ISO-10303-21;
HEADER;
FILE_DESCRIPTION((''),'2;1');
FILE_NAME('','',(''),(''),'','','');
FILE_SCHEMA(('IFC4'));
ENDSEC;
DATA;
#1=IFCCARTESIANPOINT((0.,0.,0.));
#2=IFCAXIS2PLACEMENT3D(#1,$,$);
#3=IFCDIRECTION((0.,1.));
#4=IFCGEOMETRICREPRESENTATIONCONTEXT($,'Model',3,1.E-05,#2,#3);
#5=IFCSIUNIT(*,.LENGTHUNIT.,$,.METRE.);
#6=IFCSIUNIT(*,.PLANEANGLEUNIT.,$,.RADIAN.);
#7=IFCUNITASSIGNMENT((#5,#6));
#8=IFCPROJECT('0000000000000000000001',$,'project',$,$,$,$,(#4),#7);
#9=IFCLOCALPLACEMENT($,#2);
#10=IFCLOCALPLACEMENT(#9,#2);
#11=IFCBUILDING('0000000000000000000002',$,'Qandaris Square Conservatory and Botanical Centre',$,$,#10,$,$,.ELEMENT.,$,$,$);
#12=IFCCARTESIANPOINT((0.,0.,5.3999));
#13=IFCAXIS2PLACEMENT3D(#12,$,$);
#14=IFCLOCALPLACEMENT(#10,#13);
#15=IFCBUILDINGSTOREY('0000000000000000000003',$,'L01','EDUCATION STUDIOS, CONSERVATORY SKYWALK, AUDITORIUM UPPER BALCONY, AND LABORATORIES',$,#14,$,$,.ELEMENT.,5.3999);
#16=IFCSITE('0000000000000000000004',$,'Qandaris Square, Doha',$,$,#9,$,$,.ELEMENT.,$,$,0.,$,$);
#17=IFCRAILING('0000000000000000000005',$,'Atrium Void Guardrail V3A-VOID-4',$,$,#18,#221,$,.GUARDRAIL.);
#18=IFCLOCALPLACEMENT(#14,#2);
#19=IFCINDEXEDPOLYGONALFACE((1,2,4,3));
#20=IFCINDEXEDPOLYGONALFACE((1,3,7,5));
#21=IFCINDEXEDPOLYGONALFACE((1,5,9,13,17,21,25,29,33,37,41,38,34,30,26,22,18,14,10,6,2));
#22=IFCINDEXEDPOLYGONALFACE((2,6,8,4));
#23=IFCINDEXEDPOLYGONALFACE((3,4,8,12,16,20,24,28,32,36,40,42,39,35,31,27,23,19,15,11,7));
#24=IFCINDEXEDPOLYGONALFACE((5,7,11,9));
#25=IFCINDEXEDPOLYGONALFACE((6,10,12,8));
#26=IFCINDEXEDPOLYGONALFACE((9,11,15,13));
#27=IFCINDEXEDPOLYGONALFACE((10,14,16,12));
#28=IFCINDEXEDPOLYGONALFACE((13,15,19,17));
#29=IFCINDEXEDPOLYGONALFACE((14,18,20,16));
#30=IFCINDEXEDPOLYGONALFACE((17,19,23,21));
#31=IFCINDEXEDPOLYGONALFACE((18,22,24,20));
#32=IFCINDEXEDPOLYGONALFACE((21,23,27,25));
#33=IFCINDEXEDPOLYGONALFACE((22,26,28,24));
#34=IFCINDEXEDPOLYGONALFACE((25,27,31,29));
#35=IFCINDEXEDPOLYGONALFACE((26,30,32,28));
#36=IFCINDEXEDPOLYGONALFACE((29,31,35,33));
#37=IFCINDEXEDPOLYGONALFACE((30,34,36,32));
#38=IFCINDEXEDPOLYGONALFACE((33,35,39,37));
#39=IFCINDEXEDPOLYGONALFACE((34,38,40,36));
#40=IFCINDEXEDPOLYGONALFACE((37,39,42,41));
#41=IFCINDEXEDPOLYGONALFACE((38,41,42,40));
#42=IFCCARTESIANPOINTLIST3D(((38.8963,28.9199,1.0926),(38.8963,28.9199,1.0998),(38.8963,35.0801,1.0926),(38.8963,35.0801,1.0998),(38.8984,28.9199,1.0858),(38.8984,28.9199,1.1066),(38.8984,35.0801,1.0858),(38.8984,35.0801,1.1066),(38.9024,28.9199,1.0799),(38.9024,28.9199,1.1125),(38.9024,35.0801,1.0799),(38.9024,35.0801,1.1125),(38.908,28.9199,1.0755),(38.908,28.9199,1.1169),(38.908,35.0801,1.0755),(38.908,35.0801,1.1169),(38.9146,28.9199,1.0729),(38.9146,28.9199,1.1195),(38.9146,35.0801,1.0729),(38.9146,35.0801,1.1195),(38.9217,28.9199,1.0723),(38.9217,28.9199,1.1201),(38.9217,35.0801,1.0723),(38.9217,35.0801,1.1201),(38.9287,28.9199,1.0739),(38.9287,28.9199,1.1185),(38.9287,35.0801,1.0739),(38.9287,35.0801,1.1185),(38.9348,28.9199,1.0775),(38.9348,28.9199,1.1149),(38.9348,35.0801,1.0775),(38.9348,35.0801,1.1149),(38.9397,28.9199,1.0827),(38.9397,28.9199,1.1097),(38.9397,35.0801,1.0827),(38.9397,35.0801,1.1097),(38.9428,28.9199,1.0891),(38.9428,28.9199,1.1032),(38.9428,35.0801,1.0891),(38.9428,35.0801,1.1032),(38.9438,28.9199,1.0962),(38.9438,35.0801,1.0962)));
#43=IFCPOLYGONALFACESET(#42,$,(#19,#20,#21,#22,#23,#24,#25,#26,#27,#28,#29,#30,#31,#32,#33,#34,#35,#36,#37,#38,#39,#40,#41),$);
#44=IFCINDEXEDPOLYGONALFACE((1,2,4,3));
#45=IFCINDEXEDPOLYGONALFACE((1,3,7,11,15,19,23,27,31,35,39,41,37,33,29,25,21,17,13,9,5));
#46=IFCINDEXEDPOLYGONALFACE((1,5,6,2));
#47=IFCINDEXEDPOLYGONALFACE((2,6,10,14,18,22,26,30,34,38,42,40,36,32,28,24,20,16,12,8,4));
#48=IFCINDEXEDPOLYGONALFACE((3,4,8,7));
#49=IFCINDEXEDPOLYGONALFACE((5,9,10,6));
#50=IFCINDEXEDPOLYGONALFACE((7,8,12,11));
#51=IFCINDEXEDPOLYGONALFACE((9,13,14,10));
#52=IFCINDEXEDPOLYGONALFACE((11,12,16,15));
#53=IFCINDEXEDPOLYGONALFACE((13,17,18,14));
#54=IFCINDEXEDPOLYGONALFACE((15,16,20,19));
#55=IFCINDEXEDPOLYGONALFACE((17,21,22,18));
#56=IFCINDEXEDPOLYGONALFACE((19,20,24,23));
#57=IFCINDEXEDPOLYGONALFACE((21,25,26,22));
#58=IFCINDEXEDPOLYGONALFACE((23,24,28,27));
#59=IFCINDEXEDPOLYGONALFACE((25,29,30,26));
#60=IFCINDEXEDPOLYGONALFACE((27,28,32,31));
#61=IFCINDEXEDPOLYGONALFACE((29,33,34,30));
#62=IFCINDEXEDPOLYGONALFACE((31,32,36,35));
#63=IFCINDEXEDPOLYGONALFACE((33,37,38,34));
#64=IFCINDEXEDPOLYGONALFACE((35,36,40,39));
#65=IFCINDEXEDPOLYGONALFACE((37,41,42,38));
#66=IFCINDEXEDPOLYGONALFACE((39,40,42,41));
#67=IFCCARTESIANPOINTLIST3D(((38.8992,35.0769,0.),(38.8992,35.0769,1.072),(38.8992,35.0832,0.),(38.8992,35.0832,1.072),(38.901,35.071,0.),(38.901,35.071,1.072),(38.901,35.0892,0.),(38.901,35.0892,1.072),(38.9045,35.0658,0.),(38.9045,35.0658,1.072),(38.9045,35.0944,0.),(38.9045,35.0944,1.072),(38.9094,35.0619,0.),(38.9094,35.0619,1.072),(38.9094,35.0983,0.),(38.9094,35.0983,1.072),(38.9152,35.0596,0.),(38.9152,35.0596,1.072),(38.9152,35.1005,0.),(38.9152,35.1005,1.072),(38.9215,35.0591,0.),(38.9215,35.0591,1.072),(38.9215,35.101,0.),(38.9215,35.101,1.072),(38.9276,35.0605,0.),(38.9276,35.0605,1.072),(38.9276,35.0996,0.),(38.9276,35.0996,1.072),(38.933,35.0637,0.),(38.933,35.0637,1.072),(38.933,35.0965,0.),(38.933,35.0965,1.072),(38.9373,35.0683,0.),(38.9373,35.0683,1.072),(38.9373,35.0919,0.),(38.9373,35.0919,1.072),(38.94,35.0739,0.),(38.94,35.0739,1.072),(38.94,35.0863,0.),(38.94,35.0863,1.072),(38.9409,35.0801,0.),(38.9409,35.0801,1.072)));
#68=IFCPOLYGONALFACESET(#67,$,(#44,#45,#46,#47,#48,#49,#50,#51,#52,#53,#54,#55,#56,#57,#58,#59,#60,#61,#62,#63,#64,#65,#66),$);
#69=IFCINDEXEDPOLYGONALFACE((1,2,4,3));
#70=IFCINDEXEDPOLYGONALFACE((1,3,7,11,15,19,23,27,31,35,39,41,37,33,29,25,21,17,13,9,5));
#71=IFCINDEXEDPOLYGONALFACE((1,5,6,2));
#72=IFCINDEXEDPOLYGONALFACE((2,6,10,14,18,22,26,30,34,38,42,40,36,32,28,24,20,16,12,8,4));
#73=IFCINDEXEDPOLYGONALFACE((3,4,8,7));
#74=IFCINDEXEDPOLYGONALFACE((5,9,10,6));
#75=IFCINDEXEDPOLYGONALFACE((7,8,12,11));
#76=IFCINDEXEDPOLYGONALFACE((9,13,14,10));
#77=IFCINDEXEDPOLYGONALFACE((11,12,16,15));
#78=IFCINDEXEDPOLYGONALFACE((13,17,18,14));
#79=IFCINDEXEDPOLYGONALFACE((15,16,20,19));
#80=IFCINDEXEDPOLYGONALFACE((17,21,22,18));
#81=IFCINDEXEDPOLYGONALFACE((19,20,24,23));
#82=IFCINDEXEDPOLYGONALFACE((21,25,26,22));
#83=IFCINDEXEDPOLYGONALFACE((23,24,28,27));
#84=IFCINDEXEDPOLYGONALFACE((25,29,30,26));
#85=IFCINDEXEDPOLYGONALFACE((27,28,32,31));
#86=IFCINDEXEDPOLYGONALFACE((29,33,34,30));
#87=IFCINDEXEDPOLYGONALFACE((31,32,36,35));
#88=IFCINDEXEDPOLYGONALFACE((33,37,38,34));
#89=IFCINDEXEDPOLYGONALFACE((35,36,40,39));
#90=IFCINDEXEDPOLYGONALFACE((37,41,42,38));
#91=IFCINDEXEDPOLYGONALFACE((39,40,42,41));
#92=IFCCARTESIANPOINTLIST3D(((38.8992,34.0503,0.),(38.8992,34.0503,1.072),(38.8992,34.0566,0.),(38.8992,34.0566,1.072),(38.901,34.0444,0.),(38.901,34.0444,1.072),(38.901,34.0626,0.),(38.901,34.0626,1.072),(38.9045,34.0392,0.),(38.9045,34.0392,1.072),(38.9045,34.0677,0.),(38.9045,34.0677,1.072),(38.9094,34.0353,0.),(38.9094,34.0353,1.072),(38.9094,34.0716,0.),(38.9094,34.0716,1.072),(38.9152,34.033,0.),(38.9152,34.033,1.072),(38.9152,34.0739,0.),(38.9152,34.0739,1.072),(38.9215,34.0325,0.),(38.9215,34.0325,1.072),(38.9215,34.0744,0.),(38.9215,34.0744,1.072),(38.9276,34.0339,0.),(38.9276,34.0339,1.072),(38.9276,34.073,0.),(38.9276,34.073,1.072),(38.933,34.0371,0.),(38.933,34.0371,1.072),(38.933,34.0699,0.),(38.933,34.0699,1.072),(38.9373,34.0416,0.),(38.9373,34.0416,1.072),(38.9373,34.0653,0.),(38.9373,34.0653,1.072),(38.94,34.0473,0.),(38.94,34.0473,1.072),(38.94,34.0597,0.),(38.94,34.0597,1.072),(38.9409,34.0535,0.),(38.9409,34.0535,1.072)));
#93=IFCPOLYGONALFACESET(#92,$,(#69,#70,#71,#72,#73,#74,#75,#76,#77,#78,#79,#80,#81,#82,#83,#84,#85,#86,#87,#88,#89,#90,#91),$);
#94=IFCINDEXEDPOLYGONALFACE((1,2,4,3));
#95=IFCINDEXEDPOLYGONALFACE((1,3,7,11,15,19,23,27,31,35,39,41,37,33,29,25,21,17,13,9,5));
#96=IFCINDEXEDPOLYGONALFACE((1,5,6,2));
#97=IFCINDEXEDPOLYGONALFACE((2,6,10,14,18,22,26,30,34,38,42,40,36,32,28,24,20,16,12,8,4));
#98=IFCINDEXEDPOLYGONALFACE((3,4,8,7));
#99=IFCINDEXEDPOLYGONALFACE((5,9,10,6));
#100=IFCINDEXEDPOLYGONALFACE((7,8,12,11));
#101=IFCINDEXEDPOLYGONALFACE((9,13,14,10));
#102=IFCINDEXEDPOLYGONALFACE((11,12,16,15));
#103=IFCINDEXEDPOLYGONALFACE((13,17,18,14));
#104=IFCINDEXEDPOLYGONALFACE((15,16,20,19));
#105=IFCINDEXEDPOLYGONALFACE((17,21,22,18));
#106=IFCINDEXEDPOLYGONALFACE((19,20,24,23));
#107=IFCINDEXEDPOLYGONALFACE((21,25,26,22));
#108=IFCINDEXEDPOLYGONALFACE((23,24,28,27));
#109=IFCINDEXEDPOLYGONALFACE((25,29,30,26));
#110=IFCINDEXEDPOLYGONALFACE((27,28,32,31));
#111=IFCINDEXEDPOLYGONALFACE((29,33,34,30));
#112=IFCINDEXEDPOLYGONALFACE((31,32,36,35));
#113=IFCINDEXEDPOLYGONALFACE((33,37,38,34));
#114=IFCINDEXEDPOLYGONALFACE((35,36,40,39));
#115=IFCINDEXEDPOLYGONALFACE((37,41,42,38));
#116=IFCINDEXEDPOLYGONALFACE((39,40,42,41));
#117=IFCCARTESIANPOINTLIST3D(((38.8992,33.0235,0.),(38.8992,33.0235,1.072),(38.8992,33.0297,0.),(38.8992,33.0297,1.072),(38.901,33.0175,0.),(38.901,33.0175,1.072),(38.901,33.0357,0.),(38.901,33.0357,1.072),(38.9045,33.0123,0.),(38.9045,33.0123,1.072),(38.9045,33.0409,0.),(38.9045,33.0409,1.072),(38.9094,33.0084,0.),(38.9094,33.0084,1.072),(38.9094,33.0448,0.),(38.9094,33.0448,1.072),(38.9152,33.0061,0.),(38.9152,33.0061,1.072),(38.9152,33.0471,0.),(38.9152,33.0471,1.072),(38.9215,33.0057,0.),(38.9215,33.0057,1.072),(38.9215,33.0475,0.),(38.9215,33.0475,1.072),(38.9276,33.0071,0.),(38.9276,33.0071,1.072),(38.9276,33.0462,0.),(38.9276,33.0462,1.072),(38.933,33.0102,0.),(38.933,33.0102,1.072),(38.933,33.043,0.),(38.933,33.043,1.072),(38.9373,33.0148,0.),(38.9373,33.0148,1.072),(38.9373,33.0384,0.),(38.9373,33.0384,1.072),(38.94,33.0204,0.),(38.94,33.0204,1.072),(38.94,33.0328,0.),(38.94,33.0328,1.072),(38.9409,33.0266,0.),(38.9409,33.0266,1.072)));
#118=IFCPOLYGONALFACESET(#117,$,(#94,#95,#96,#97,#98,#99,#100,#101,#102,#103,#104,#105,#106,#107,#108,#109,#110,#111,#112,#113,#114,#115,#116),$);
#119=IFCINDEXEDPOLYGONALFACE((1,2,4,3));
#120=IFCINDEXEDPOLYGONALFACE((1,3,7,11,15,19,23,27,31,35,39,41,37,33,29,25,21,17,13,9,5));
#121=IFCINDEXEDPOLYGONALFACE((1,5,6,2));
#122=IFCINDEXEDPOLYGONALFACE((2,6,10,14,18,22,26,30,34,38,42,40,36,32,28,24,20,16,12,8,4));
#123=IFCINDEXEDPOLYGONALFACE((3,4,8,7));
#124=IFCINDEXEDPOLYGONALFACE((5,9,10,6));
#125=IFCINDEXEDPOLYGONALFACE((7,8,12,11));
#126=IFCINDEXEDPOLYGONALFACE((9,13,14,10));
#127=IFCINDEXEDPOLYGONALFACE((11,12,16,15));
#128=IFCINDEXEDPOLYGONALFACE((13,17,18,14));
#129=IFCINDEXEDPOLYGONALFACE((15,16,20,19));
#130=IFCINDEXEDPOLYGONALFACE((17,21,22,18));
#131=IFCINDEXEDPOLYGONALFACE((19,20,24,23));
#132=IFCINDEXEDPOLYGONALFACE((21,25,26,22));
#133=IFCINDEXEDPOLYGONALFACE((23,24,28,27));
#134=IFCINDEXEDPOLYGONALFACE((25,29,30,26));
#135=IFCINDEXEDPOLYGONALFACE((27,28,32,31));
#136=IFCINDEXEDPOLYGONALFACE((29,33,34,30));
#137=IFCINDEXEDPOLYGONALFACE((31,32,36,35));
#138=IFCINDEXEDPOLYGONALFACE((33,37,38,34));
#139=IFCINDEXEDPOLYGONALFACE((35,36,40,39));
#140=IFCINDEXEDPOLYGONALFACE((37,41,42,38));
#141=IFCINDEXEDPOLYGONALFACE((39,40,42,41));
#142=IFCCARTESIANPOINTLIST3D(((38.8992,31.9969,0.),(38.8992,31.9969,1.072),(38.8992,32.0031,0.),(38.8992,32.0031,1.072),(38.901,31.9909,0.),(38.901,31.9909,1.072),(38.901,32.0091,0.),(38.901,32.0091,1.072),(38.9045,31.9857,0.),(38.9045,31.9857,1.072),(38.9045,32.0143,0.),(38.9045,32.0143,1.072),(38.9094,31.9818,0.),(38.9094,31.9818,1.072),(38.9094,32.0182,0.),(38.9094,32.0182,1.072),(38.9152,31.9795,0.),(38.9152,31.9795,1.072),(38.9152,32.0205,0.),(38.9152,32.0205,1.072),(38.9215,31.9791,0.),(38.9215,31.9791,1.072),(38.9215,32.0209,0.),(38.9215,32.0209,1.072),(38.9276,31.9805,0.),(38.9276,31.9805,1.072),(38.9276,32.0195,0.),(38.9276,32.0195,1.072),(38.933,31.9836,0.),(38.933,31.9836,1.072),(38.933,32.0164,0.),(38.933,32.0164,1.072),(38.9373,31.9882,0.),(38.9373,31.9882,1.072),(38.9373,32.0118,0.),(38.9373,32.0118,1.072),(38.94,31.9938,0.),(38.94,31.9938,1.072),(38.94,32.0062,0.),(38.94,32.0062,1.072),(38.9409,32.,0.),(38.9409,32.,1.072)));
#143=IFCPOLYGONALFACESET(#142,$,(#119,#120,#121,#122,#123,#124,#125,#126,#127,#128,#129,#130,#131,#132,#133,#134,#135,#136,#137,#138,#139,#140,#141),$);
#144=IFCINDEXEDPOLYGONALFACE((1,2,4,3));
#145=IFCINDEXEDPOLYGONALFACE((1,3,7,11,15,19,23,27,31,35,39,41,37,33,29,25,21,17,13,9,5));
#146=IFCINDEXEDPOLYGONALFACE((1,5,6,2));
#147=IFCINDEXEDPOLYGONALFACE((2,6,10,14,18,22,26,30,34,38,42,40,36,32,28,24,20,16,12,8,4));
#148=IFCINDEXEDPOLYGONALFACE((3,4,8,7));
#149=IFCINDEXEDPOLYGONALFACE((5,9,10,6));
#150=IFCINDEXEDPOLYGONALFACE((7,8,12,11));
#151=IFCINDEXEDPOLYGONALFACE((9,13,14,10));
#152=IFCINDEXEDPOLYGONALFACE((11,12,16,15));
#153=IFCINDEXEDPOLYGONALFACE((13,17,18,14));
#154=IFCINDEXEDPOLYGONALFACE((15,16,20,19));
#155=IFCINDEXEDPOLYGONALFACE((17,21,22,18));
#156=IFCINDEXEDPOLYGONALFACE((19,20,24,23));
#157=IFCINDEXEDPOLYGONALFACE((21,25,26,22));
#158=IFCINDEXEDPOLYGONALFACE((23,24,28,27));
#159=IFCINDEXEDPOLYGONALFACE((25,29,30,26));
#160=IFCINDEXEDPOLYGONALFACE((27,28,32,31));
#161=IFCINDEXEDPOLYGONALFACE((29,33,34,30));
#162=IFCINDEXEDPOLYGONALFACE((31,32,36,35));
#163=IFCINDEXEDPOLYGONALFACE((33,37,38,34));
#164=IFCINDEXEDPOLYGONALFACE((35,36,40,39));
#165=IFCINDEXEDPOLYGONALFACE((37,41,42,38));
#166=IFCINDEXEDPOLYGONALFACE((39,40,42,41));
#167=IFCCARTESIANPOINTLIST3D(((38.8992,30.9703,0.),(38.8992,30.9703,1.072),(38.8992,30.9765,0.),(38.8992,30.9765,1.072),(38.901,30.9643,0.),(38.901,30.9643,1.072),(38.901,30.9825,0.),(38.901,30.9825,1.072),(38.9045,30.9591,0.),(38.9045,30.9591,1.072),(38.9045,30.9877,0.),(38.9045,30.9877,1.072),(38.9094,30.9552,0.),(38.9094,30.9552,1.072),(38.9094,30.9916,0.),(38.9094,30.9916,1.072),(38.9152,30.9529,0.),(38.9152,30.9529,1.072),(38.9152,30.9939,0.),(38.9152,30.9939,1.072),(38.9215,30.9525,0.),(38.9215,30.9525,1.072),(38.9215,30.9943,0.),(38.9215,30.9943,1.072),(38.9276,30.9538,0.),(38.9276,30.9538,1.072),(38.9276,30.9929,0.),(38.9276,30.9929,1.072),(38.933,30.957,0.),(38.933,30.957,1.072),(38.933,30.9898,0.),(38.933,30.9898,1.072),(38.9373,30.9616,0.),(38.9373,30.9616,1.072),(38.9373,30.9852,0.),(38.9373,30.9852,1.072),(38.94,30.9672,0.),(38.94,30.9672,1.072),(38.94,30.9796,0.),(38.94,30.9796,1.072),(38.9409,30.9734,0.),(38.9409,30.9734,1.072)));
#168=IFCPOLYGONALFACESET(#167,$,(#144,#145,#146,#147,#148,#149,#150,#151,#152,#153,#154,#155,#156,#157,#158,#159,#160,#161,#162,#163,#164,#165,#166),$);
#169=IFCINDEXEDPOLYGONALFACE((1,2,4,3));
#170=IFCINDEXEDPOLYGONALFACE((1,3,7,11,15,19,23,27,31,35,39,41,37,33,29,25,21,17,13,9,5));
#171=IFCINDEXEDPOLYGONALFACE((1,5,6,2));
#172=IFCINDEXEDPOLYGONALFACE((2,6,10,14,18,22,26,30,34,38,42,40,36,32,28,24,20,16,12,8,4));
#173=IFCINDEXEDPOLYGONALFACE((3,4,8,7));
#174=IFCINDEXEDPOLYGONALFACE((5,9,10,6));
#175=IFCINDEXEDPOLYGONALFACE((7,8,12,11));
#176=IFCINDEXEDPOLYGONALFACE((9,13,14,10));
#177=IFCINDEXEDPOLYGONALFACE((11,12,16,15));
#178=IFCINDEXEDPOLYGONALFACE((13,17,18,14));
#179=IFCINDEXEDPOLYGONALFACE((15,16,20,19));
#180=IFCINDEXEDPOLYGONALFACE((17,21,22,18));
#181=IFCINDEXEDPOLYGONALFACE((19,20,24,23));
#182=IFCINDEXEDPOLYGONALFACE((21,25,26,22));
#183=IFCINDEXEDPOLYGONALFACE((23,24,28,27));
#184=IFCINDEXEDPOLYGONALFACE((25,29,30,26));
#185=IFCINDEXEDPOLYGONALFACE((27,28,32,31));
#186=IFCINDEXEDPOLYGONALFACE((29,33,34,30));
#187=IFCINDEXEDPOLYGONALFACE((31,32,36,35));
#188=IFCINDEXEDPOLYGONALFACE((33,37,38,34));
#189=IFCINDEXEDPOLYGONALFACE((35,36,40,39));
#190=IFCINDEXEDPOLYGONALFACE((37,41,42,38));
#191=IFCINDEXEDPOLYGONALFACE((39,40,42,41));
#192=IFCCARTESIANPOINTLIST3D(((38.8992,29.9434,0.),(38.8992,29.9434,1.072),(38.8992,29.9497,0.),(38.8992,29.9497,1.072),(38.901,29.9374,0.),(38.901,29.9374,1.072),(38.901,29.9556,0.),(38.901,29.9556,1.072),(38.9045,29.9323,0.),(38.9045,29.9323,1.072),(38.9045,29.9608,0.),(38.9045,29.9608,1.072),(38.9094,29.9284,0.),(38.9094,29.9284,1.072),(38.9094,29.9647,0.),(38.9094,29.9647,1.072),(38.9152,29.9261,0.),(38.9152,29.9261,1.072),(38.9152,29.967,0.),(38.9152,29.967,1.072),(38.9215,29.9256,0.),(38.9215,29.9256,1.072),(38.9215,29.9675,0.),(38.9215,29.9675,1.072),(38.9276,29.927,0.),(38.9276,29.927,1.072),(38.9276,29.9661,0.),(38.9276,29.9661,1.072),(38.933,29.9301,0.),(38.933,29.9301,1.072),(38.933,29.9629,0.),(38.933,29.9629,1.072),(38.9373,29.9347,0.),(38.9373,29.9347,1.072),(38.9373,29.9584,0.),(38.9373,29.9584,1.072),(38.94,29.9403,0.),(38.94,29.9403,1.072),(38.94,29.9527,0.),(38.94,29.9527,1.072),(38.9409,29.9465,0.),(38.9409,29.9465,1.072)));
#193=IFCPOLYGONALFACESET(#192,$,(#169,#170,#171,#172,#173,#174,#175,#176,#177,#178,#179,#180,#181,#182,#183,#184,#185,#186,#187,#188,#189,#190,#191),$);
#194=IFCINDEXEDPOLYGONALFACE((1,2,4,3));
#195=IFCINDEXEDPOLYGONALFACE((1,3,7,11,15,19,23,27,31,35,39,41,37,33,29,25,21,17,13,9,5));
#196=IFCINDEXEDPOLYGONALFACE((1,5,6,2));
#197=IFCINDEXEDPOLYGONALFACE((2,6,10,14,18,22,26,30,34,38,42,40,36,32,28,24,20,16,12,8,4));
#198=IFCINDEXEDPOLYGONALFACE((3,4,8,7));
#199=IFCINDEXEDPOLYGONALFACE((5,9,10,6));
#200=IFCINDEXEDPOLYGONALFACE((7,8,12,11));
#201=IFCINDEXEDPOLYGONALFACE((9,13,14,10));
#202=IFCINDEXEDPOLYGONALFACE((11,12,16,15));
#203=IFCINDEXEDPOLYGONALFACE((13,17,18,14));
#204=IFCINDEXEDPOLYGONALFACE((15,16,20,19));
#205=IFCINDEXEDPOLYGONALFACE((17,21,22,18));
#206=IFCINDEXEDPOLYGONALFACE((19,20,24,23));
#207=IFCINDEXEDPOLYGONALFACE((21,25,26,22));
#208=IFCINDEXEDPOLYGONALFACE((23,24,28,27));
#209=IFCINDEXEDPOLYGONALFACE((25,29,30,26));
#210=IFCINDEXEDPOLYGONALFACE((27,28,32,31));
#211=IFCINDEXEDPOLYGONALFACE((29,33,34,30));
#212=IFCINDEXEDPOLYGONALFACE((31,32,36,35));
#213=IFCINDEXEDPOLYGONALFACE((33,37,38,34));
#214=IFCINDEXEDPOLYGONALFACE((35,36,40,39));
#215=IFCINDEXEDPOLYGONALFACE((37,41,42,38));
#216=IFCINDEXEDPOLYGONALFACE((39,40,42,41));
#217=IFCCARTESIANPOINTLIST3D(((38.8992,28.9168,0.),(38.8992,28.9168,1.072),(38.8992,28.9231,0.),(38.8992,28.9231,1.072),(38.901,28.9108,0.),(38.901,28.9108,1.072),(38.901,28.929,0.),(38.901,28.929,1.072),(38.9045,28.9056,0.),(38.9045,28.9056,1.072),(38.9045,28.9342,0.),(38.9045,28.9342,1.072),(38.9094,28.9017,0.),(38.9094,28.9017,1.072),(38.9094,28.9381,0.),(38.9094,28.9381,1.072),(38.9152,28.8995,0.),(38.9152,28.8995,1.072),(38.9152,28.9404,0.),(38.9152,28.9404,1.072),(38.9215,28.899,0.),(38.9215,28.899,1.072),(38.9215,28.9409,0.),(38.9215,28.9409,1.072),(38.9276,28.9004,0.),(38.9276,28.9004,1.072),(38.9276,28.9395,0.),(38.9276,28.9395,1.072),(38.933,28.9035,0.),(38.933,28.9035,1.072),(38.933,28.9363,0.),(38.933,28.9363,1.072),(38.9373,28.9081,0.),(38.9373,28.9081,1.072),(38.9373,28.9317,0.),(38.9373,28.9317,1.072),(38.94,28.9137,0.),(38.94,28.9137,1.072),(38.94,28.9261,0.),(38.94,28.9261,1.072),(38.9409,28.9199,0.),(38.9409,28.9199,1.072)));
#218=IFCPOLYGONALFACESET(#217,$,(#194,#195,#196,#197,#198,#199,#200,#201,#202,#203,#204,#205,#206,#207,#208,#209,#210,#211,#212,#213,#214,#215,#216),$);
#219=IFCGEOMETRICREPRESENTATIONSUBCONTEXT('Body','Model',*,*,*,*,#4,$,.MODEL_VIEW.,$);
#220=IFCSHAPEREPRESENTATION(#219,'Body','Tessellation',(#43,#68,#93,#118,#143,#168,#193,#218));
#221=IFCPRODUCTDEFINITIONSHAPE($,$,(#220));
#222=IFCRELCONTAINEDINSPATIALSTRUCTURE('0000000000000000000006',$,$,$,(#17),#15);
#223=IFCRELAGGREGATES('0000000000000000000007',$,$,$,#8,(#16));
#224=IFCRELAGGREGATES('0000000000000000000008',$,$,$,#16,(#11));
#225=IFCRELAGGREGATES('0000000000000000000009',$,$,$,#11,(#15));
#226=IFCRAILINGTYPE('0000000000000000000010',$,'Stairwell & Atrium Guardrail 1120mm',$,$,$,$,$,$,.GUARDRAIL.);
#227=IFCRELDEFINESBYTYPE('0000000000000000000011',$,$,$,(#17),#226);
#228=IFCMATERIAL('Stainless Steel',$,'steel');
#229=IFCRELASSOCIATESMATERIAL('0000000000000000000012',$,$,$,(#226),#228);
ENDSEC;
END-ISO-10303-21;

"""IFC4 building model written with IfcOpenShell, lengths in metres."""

from ifc_helpers import new_model, si_unit, direction, frame, origin, origin_2d, place, context, subcontext, project, spatial, circle, extrude, material, type_object, element, save


model = new_model("IFC4")

# Units and contexts
model_context = context("Model", 3, precision=1e-05, world=origin(), true_north=direction((0.0, 1.0)))
body_context = subcontext(model_context, "Body", "Model", "MODEL_VIEW")
ifc_project = project(units=[si_unit("LENGTHUNIT", "METRE"), si_unit("PLANEANGLEUNIT", "RADIAN")], contexts=[model_context])

# Site, building, storey
site_placement = place(None, origin())
site = spatial("IfcSite", under=ifc_project, at=site_placement, Name="Qandaris Square, Doha", CompositionType="ELEMENT", RefElevation=0.0)
building_placement = place(site_placement, origin())
building = spatial("IfcBuilding", under=site, at=building_placement, Name="Qandaris Square Conservatory and Botanical Centre", CompositionType="ELEMENT")
storey_placement = place(building_placement, frame((0.0, 0.0, 5.3999)))
storey = spatial("IfcBuildingStorey", under=building, at=storey_placement, Name="L01", Description="EDUCATION STUDIOS, CONSERVATORY SKYWALK, AUDITORIUM UPPER BALCONY, AND LABORATORIES", CompositionType="ELEMENT", Elevation=5.3999)

# Railing
ifc_material_1 = material(Name="Stainless Steel", Category="steel")
railing_type = type_object("IfcRailingType", Name="Stairwell & Atrium Guardrail 1120mm", PredefinedType="GUARDRAIL", material=ifc_material_1)
railing_1_placement = place(storey_placement, frame((38.9199, 35.0801, 0.0)))
element("IfcRailing", 1, at=railing_1_placement, inside=storey, type_object=railing_type, Name="Atrium Void Guardrail V3A-VOID-4", PredefinedType="GUARDRAIL", context=body_context, shape_type="SweptSolid", body=[
    extrude(circle(Radius=0.0239, at=origin_2d()), frame((0.0, 0.0, 1.0962), z_axis=(0.0, -1.0, 0.0), x_axis=(1.0, 0.0, 0.0)), (0.0, 0.0, 1.0), 6.1602),
    extrude(circle(Radius=0.021, at=origin_2d()), origin(), (0.0, 0.0, 1.0), 1.072),
    extrude(circle(Radius=0.021, at=origin_2d()), frame((0.0, -1.0266, 0.0)), (0.0, 0.0, 1.0), 1.072),
    extrude(circle(Radius=0.021, at=origin_2d()), frame((0.0, -2.0535, 0.0)), (0.0, 0.0, 1.0), 1.072),
    extrude(circle(Radius=0.021, at=origin_2d()), frame((0.0, -3.0801, 0.0)), (0.0, 0.0, 1.0), 1.072),
    extrude(circle(Radius=0.021, at=origin_2d()), frame((0.0, -4.1067, 0.0)), (0.0, 0.0, 1.0), 1.072),
    extrude(circle(Radius=0.021, at=origin_2d()), frame((0.0, -5.1335, 0.0)), (0.0, 0.0, 1.0), 1.072),
    extrude(circle(Radius=0.021, at=origin_2d()), frame((0.0, -6.1602, 0.0)), (0.0, 0.0, 1.0), 1.072),
])

save(model, "model.ifc")
